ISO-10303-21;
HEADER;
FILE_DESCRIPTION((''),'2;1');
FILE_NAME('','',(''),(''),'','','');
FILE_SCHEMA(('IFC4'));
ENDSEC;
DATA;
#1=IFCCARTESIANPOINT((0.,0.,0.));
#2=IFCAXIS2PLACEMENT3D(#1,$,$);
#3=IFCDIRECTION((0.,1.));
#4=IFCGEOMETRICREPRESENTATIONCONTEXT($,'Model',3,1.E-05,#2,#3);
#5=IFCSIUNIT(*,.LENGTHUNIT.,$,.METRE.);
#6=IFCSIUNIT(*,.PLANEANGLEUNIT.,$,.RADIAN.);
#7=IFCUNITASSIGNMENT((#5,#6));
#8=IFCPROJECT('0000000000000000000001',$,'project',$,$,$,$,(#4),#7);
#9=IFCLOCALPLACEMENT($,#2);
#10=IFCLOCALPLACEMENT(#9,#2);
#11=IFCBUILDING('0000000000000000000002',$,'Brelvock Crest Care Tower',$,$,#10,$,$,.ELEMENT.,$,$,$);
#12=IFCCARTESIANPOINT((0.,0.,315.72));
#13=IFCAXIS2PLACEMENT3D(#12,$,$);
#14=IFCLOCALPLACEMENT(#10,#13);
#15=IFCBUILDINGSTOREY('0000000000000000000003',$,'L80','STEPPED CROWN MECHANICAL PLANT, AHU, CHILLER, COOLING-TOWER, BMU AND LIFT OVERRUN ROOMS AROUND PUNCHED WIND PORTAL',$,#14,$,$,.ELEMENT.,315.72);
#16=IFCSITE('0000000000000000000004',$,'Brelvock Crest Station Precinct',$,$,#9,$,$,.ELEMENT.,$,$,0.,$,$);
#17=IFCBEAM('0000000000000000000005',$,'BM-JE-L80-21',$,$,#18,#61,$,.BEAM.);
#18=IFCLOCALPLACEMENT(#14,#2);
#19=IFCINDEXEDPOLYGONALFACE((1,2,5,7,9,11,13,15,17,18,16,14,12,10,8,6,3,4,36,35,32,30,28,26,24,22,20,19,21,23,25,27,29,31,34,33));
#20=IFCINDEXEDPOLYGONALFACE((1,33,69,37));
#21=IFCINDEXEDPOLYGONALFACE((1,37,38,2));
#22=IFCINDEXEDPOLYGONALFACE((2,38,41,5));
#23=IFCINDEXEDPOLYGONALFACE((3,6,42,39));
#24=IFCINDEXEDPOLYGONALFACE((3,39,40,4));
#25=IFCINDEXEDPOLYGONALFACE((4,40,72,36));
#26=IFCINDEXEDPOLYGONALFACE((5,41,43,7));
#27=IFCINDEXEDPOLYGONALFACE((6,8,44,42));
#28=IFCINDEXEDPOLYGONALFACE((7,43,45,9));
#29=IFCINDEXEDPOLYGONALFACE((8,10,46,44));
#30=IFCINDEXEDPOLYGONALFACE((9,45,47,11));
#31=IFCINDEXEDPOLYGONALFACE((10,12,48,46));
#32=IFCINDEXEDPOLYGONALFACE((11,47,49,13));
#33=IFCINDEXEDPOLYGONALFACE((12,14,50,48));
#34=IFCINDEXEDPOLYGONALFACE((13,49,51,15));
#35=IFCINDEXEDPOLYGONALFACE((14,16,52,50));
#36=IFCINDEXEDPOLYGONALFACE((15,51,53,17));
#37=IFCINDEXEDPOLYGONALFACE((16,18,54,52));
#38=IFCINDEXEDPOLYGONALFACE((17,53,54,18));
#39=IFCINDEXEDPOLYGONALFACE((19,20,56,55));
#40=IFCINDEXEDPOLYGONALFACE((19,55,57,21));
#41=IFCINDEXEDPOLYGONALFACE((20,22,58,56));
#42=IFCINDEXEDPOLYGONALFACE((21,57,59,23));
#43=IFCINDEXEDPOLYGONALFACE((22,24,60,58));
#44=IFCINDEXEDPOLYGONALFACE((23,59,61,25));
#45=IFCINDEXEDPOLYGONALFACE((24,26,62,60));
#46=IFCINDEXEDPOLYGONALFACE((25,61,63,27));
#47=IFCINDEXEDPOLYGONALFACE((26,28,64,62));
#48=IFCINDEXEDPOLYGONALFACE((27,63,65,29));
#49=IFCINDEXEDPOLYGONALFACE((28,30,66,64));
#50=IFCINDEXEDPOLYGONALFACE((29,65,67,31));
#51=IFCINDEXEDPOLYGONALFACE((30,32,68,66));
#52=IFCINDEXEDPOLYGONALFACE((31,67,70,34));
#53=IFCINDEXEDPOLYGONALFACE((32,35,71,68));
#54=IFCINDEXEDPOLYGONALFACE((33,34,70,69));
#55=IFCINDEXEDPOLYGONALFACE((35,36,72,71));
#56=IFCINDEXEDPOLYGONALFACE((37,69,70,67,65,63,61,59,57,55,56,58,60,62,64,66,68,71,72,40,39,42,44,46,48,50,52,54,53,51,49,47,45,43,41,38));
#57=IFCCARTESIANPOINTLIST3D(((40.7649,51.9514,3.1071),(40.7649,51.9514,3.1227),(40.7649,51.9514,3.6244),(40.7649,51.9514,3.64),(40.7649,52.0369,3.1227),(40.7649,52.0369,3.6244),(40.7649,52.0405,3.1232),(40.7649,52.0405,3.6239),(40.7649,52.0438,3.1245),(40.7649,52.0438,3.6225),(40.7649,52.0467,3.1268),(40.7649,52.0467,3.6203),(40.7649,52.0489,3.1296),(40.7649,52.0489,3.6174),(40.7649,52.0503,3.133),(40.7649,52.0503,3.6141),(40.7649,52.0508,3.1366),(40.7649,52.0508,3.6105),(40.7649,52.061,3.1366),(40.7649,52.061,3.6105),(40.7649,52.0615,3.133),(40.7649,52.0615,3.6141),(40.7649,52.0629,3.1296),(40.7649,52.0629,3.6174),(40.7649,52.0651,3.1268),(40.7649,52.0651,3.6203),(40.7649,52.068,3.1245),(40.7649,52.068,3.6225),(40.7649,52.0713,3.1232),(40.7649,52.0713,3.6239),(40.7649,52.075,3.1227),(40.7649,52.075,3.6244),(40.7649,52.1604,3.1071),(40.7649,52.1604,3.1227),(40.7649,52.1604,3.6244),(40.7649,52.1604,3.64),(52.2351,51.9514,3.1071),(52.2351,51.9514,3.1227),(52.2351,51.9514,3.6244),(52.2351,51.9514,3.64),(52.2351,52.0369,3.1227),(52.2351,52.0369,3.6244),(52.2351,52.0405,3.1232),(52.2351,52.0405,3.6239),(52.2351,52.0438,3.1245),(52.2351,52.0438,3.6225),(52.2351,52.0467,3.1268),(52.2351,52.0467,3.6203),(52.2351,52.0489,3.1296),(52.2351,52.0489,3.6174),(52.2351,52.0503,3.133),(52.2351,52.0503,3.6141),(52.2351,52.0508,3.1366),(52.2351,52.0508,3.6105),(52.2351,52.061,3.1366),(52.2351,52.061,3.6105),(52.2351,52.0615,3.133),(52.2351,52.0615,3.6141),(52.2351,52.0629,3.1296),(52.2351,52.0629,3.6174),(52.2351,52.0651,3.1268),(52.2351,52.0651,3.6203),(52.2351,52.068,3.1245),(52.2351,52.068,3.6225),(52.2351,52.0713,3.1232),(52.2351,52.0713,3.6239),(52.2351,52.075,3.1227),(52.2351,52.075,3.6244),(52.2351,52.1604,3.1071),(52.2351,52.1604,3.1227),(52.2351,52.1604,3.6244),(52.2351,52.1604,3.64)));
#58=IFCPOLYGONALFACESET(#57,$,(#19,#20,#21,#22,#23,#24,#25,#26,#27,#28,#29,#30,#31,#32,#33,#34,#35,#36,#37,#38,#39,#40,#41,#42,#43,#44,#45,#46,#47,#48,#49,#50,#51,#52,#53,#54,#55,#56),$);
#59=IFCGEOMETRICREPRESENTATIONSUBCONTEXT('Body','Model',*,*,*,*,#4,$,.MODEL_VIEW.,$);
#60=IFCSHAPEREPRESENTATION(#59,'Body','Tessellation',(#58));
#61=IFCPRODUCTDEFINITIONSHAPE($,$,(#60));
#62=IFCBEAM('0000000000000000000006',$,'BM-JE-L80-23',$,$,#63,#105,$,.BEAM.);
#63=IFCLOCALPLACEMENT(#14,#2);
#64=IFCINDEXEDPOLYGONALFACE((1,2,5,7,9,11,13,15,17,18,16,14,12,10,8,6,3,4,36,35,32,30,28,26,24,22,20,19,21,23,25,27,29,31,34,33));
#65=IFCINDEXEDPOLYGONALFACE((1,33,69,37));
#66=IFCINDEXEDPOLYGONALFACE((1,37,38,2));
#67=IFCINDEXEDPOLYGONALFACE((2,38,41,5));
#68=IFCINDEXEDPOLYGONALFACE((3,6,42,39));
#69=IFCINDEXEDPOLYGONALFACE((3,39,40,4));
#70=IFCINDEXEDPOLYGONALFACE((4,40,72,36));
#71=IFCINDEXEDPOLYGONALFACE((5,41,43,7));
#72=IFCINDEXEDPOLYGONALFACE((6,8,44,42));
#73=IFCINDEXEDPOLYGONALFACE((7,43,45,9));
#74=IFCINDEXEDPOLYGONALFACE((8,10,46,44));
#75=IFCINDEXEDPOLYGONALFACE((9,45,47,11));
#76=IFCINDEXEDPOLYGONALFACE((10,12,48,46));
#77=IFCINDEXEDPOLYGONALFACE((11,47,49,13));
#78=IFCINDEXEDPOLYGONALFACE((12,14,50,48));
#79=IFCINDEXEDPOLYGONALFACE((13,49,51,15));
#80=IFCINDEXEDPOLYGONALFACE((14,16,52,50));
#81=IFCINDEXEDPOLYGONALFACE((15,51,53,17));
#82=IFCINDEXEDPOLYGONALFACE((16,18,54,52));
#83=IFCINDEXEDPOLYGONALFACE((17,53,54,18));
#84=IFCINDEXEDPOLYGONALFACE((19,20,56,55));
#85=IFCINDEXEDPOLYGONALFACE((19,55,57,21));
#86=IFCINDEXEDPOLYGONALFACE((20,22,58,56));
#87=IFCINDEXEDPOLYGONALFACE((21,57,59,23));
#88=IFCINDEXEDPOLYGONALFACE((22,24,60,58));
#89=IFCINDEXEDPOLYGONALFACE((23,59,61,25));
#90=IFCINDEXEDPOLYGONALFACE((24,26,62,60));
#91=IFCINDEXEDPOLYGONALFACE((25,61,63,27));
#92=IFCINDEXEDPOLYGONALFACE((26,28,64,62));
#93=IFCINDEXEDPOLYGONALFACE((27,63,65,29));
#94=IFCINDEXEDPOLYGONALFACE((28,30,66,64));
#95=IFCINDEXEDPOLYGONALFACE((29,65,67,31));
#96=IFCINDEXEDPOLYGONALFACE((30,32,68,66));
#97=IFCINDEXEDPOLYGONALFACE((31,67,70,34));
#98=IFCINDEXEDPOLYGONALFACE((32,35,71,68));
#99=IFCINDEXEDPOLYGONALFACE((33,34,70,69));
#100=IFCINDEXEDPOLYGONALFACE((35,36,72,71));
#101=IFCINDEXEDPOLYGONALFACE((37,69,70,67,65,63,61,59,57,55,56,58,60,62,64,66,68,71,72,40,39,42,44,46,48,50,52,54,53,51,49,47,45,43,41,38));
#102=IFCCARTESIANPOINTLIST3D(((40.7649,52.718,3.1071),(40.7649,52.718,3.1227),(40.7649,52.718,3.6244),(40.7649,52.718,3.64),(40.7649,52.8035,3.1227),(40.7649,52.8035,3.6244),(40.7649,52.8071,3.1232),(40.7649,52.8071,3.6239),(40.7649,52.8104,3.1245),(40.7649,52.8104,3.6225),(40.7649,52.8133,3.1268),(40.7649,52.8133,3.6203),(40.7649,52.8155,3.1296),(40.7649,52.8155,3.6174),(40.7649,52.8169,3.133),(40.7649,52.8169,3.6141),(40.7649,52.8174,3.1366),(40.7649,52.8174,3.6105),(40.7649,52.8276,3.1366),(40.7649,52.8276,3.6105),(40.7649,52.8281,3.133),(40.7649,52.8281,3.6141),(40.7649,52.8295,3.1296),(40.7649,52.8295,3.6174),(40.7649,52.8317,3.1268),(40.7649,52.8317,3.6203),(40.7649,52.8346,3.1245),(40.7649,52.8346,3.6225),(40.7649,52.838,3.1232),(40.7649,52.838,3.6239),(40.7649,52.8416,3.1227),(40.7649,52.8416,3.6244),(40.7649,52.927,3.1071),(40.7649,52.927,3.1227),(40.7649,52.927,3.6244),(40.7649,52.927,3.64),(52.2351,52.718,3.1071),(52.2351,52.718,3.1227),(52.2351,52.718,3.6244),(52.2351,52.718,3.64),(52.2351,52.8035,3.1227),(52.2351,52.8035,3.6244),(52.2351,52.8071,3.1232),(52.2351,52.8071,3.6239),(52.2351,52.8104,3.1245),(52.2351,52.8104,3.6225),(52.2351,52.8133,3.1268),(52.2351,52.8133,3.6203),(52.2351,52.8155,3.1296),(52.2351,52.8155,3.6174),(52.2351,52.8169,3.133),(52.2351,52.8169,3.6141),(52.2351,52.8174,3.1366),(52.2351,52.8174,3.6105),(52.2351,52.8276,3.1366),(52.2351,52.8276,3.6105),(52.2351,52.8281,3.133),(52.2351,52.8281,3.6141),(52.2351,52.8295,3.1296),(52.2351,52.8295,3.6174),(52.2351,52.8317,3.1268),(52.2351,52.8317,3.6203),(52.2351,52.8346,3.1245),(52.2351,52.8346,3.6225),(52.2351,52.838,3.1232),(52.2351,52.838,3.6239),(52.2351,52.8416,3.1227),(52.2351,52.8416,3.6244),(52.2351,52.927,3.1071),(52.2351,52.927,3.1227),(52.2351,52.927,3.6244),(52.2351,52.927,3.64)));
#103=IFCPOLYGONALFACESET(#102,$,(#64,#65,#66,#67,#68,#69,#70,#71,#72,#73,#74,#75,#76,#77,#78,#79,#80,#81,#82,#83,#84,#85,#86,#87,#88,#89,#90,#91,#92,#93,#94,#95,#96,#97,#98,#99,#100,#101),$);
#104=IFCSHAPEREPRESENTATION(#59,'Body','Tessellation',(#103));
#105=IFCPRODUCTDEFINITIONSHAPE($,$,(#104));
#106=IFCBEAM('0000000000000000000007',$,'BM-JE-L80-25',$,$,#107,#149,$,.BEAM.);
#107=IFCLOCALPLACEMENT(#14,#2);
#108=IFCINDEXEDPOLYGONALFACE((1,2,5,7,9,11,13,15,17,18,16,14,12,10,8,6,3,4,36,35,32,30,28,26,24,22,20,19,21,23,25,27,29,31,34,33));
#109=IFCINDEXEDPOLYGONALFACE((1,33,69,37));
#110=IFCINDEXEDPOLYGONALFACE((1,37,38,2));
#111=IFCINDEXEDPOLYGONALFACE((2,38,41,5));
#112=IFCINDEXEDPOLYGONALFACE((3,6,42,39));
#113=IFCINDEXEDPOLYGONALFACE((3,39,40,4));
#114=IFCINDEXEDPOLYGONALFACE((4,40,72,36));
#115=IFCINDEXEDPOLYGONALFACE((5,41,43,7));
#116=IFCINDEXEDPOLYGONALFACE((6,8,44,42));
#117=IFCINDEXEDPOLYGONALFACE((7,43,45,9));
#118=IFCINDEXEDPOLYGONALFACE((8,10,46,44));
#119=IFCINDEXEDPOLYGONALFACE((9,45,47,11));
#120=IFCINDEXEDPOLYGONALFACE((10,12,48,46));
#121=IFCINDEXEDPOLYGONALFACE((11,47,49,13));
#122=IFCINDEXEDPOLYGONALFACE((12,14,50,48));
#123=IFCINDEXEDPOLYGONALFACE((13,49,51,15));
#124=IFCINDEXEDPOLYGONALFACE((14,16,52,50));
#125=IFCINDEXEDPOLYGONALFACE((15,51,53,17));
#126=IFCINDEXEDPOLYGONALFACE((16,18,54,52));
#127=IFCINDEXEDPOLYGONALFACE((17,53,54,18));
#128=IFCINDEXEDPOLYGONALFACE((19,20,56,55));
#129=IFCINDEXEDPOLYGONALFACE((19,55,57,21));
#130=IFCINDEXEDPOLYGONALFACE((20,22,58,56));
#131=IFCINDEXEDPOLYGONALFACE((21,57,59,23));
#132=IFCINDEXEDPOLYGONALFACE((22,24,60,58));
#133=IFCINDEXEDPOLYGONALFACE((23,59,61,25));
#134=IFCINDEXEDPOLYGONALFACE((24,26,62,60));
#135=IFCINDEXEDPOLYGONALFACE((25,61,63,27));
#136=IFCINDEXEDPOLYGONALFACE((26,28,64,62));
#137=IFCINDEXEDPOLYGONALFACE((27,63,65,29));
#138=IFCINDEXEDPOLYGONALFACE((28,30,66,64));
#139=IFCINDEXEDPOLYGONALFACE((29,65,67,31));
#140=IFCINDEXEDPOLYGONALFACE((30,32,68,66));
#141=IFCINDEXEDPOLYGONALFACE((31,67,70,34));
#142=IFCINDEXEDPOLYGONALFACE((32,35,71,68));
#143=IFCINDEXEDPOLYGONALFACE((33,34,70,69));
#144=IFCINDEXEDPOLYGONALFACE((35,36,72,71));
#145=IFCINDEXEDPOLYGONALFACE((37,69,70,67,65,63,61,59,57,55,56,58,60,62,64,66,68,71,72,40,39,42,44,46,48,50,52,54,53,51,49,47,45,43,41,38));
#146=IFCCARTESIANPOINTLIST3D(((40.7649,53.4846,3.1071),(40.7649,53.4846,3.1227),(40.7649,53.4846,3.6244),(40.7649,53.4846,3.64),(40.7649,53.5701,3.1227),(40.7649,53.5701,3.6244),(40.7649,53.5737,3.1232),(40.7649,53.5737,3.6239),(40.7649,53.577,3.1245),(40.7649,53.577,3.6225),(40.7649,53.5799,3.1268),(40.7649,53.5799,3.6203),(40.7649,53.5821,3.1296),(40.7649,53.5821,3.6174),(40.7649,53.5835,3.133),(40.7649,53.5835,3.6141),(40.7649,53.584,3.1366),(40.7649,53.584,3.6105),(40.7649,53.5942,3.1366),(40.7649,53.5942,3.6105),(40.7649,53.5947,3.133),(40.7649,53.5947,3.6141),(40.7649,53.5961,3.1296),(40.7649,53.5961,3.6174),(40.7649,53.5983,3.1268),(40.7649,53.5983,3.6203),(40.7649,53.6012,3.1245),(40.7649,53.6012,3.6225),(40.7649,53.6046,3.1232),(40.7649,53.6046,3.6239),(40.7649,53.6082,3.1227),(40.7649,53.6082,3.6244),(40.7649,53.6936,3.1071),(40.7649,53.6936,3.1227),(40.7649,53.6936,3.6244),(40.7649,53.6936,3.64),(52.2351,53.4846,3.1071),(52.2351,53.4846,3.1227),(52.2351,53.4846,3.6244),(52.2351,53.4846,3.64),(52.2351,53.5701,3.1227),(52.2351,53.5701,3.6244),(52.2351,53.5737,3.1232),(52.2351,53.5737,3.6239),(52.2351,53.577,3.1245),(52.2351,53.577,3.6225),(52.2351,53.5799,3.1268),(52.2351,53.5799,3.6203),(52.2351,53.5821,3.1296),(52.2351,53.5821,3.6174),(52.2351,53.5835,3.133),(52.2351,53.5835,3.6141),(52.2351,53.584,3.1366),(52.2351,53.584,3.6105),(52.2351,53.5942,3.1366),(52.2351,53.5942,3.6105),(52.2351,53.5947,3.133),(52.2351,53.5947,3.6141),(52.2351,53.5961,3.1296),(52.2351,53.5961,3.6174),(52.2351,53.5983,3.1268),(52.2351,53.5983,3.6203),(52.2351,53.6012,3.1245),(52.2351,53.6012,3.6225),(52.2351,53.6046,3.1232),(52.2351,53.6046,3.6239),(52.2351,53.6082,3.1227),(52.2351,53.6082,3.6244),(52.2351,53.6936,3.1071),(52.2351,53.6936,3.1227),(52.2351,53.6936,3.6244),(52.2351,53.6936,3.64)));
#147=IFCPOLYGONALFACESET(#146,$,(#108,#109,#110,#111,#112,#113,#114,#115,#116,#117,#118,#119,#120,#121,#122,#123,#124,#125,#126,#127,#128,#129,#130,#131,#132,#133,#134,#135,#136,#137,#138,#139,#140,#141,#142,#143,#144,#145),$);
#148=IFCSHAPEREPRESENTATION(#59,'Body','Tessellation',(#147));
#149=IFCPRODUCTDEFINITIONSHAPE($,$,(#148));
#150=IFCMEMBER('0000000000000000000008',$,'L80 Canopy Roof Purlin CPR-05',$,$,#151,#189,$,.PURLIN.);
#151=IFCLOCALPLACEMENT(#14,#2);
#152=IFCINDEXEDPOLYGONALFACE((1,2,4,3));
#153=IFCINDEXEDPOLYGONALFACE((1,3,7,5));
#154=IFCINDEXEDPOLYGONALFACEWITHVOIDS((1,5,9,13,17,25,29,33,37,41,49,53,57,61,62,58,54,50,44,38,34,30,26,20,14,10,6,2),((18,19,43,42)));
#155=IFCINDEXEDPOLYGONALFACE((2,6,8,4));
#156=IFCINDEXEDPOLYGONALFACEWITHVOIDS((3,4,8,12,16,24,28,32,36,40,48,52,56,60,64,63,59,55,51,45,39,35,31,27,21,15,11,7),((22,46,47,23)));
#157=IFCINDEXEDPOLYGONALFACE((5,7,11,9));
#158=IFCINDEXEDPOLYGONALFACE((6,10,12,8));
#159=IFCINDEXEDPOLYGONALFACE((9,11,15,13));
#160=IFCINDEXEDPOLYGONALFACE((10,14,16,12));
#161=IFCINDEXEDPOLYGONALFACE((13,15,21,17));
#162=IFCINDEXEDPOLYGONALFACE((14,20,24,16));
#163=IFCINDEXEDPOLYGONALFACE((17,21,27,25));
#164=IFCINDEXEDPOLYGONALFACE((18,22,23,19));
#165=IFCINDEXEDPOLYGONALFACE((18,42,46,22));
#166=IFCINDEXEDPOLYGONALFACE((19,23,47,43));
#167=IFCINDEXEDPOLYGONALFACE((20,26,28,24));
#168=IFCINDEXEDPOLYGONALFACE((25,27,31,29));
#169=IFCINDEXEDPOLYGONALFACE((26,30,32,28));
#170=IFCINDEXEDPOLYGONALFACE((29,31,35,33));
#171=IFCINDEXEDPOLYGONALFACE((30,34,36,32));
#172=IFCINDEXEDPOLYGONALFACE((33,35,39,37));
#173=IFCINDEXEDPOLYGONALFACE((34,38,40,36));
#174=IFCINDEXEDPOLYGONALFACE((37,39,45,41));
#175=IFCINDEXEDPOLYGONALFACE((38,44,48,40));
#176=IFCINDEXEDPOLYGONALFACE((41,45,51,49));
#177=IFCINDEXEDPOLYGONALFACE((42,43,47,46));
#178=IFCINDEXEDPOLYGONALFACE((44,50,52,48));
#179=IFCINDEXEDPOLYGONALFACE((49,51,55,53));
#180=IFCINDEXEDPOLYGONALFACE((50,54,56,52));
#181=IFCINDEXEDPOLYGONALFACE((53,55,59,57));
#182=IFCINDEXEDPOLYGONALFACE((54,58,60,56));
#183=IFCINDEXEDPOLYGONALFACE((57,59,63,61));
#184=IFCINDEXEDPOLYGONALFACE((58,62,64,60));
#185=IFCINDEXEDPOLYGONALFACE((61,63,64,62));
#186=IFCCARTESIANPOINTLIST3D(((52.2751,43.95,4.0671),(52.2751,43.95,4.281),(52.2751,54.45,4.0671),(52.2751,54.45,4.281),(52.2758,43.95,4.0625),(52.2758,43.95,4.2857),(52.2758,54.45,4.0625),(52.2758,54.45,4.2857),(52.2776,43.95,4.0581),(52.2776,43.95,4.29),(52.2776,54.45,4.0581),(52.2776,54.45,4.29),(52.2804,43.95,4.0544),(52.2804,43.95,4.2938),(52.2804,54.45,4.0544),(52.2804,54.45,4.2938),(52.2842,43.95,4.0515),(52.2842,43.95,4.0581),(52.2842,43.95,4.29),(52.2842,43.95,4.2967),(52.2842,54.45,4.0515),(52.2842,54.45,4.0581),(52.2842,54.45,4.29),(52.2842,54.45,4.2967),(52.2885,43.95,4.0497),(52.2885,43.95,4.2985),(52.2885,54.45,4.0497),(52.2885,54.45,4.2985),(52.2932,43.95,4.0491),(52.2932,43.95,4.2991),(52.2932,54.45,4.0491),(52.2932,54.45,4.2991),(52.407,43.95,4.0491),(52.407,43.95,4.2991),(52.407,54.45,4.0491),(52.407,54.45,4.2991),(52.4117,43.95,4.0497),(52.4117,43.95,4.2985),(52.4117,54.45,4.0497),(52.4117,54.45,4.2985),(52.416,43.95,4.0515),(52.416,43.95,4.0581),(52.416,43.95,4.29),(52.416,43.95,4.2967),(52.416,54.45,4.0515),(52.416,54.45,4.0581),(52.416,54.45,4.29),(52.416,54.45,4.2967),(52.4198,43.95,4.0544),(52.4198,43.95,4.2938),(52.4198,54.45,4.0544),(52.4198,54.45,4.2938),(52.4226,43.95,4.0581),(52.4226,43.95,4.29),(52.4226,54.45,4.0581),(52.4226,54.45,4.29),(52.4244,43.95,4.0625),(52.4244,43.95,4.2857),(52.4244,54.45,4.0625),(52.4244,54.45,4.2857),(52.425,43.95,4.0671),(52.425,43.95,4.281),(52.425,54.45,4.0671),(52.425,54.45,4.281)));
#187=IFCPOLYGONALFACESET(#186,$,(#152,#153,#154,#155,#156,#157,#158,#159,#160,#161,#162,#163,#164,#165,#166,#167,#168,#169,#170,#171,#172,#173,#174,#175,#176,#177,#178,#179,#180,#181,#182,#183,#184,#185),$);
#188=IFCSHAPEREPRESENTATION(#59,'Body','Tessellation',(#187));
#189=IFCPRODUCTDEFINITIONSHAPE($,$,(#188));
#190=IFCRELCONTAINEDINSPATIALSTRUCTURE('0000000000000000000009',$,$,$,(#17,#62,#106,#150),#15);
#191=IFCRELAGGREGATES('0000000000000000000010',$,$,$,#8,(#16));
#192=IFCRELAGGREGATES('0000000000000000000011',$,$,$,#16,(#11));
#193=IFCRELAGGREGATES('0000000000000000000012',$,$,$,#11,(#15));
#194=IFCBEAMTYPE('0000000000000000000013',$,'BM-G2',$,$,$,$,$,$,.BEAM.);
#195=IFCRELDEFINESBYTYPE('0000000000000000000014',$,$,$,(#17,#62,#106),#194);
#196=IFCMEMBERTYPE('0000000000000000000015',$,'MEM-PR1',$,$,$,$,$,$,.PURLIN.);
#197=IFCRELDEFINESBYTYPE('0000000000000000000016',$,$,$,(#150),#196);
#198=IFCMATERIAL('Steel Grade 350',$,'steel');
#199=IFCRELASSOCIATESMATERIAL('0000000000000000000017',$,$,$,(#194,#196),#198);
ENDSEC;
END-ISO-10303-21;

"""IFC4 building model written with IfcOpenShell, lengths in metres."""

from ifc_helpers import new_model, si_unit, direction, frame, origin, origin_2d, place, context, subcontext, project, spatial, hollow_rectangle, i_section, extrude, source, transform, mapped, material, material_profile, profile_set, type_object, element, save


model = new_model("IFC4")

# Units and contexts
model_context = context("Model", 3, precision=1e-05, world=origin(), true_north=direction((0.0, 1.0)))
body_context = subcontext(model_context, "Body", "Model", "MODEL_VIEW")
ifc_project = project(units=[si_unit("LENGTHUNIT", "METRE"), si_unit("PLANEANGLEUNIT", "RADIAN")], contexts=[model_context])

# Site, building, storey
site_placement = place(None, origin())
site = spatial("IfcSite", under=ifc_project, at=site_placement, Name="Brelvock Crest Station Precinct", CompositionType="ELEMENT", RefElevation=0.0)
building_placement = place(site_placement, origin())
building = spatial("IfcBuilding", under=site, at=building_placement, Name="Brelvock Crest Care Tower", CompositionType="ELEMENT")
storey_placement = place(building_placement, frame((0.0, 0.0, 315.72)))
storey = spatial("IfcBuildingStorey", under=building, at=storey_placement, Name="L80", Description="STEPPED CROWN MECHANICAL PLANT, AHU, CHILLER, COOLING-TOWER, BMU AND LIFT OVERRUN ROOMS AROUND PUNCHED WIND PORTAL", CompositionType="ELEMENT", Elevation=315.72)

# Shared definitions
ifc_material_1 = material(Name="Steel Grade 350", Category="steel")

# Beams
ifc_material_profile_1 = material_profile(ifc_material_1, i_section(OverallWidth=0.209, OverallDepth=0.533, WebThickness=0.0103, FlangeThickness=0.0156, FilletRadius=0.0139, at=origin_2d()), Name="530UB92.4")
ifc_profile_set_1 = profile_set([ifc_material_profile_1], Name="Steel Grade 350")
beam_type_1 = type_object("IfcBeamType", Name="BM-G2", PredefinedType="BEAM", material=ifc_profile_set_1)
shared_shape_1 = source(origin(), body_context, "Body", "SweptSolid", [
    extrude(i_section(OverallWidth=0.209, OverallDepth=0.533, WebThickness=0.0103, FlangeThickness=0.0156, FilletRadius=0.0139, at=origin_2d()), origin(), (0.0, 0.0, 1.0), 11.4702),
])
for number, where, z_axis, x_axis, name in (
    (1, (40.7649, 52.0559, 3.3735), (1.0, 0.0, 0.0), (0.0, 1.0, 0.0), "BM-JE-L80-21"),
    (2, (40.7649, 52.8225, 3.3735), (1.0, 0.0, 0.0), (0.0, 1.0, 0.0), "BM-JE-L80-23"),
    (3, (40.7649, 53.5891, 3.3735), (1.0, 0.0, 0.0), (0.0, 1.0, 0.0), "BM-JE-L80-25"),
):
    element("IfcBeam", number, at=place(storey_placement, frame(where, z_axis=z_axis, x_axis=x_axis)), inside=storey, type_object=beam_type_1, Name=name, PredefinedType="BEAM", context=body_context, shape_type="MappedRepresentation", body=[
        mapped(shared_shape_1, transform((0.0, 0.0, 0.0), x_axis=(1.0, 0.0, 0.0), y_axis=(0.0, 1.0, 0.0), z_axis=(0.0, 0.0, 1.0), scale=1.0)),
    ])

# Member
ifc_material_profile_2 = material_profile(ifc_material_1, hollow_rectangle(XDim=0.1499, YDim=0.25, WallThickness=0.009, OuterFilletRadius=0.0181, at=origin_2d()), Name="RHS250x150x9.0")
ifc_profile_set_2 = profile_set([ifc_material_profile_2], Name="Steel Grade 350")
member_type = type_object("IfcMemberType", Name="MEM-PR1", PredefinedType="PURLIN", material=ifc_profile_set_2)
shared_shape_2 = source(origin(), body_context, "Body", "SweptSolid", [
    extrude(hollow_rectangle(XDim=0.1499, YDim=0.25, WallThickness=0.009, OuterFilletRadius=0.0181, at=origin_2d()), origin(), (0.0, 0.0, 1.0), 10.5),
])
member_placement = place(storey_placement, frame((52.3501, 43.95, 4.1741), z_axis=(0.0, 1.0, 0.0), x_axis=(-1.0, 0.0, 0.0)))
element("IfcMember", 4, at=member_placement, inside=storey, type_object=member_type, Name="L80 Canopy Roof Purlin CPR-05", PredefinedType="PURLIN", context=body_context, shape_type="MappedRepresentation", body=[
    mapped(shared_shape_2, transform((0.0, 0.0, 0.0), x_axis=(1.0, 0.0, 0.0), y_axis=(0.0, 1.0, 0.0), z_axis=(0.0, 0.0, 1.0), scale=1.0)),
])

save(model, "model.ifc")
